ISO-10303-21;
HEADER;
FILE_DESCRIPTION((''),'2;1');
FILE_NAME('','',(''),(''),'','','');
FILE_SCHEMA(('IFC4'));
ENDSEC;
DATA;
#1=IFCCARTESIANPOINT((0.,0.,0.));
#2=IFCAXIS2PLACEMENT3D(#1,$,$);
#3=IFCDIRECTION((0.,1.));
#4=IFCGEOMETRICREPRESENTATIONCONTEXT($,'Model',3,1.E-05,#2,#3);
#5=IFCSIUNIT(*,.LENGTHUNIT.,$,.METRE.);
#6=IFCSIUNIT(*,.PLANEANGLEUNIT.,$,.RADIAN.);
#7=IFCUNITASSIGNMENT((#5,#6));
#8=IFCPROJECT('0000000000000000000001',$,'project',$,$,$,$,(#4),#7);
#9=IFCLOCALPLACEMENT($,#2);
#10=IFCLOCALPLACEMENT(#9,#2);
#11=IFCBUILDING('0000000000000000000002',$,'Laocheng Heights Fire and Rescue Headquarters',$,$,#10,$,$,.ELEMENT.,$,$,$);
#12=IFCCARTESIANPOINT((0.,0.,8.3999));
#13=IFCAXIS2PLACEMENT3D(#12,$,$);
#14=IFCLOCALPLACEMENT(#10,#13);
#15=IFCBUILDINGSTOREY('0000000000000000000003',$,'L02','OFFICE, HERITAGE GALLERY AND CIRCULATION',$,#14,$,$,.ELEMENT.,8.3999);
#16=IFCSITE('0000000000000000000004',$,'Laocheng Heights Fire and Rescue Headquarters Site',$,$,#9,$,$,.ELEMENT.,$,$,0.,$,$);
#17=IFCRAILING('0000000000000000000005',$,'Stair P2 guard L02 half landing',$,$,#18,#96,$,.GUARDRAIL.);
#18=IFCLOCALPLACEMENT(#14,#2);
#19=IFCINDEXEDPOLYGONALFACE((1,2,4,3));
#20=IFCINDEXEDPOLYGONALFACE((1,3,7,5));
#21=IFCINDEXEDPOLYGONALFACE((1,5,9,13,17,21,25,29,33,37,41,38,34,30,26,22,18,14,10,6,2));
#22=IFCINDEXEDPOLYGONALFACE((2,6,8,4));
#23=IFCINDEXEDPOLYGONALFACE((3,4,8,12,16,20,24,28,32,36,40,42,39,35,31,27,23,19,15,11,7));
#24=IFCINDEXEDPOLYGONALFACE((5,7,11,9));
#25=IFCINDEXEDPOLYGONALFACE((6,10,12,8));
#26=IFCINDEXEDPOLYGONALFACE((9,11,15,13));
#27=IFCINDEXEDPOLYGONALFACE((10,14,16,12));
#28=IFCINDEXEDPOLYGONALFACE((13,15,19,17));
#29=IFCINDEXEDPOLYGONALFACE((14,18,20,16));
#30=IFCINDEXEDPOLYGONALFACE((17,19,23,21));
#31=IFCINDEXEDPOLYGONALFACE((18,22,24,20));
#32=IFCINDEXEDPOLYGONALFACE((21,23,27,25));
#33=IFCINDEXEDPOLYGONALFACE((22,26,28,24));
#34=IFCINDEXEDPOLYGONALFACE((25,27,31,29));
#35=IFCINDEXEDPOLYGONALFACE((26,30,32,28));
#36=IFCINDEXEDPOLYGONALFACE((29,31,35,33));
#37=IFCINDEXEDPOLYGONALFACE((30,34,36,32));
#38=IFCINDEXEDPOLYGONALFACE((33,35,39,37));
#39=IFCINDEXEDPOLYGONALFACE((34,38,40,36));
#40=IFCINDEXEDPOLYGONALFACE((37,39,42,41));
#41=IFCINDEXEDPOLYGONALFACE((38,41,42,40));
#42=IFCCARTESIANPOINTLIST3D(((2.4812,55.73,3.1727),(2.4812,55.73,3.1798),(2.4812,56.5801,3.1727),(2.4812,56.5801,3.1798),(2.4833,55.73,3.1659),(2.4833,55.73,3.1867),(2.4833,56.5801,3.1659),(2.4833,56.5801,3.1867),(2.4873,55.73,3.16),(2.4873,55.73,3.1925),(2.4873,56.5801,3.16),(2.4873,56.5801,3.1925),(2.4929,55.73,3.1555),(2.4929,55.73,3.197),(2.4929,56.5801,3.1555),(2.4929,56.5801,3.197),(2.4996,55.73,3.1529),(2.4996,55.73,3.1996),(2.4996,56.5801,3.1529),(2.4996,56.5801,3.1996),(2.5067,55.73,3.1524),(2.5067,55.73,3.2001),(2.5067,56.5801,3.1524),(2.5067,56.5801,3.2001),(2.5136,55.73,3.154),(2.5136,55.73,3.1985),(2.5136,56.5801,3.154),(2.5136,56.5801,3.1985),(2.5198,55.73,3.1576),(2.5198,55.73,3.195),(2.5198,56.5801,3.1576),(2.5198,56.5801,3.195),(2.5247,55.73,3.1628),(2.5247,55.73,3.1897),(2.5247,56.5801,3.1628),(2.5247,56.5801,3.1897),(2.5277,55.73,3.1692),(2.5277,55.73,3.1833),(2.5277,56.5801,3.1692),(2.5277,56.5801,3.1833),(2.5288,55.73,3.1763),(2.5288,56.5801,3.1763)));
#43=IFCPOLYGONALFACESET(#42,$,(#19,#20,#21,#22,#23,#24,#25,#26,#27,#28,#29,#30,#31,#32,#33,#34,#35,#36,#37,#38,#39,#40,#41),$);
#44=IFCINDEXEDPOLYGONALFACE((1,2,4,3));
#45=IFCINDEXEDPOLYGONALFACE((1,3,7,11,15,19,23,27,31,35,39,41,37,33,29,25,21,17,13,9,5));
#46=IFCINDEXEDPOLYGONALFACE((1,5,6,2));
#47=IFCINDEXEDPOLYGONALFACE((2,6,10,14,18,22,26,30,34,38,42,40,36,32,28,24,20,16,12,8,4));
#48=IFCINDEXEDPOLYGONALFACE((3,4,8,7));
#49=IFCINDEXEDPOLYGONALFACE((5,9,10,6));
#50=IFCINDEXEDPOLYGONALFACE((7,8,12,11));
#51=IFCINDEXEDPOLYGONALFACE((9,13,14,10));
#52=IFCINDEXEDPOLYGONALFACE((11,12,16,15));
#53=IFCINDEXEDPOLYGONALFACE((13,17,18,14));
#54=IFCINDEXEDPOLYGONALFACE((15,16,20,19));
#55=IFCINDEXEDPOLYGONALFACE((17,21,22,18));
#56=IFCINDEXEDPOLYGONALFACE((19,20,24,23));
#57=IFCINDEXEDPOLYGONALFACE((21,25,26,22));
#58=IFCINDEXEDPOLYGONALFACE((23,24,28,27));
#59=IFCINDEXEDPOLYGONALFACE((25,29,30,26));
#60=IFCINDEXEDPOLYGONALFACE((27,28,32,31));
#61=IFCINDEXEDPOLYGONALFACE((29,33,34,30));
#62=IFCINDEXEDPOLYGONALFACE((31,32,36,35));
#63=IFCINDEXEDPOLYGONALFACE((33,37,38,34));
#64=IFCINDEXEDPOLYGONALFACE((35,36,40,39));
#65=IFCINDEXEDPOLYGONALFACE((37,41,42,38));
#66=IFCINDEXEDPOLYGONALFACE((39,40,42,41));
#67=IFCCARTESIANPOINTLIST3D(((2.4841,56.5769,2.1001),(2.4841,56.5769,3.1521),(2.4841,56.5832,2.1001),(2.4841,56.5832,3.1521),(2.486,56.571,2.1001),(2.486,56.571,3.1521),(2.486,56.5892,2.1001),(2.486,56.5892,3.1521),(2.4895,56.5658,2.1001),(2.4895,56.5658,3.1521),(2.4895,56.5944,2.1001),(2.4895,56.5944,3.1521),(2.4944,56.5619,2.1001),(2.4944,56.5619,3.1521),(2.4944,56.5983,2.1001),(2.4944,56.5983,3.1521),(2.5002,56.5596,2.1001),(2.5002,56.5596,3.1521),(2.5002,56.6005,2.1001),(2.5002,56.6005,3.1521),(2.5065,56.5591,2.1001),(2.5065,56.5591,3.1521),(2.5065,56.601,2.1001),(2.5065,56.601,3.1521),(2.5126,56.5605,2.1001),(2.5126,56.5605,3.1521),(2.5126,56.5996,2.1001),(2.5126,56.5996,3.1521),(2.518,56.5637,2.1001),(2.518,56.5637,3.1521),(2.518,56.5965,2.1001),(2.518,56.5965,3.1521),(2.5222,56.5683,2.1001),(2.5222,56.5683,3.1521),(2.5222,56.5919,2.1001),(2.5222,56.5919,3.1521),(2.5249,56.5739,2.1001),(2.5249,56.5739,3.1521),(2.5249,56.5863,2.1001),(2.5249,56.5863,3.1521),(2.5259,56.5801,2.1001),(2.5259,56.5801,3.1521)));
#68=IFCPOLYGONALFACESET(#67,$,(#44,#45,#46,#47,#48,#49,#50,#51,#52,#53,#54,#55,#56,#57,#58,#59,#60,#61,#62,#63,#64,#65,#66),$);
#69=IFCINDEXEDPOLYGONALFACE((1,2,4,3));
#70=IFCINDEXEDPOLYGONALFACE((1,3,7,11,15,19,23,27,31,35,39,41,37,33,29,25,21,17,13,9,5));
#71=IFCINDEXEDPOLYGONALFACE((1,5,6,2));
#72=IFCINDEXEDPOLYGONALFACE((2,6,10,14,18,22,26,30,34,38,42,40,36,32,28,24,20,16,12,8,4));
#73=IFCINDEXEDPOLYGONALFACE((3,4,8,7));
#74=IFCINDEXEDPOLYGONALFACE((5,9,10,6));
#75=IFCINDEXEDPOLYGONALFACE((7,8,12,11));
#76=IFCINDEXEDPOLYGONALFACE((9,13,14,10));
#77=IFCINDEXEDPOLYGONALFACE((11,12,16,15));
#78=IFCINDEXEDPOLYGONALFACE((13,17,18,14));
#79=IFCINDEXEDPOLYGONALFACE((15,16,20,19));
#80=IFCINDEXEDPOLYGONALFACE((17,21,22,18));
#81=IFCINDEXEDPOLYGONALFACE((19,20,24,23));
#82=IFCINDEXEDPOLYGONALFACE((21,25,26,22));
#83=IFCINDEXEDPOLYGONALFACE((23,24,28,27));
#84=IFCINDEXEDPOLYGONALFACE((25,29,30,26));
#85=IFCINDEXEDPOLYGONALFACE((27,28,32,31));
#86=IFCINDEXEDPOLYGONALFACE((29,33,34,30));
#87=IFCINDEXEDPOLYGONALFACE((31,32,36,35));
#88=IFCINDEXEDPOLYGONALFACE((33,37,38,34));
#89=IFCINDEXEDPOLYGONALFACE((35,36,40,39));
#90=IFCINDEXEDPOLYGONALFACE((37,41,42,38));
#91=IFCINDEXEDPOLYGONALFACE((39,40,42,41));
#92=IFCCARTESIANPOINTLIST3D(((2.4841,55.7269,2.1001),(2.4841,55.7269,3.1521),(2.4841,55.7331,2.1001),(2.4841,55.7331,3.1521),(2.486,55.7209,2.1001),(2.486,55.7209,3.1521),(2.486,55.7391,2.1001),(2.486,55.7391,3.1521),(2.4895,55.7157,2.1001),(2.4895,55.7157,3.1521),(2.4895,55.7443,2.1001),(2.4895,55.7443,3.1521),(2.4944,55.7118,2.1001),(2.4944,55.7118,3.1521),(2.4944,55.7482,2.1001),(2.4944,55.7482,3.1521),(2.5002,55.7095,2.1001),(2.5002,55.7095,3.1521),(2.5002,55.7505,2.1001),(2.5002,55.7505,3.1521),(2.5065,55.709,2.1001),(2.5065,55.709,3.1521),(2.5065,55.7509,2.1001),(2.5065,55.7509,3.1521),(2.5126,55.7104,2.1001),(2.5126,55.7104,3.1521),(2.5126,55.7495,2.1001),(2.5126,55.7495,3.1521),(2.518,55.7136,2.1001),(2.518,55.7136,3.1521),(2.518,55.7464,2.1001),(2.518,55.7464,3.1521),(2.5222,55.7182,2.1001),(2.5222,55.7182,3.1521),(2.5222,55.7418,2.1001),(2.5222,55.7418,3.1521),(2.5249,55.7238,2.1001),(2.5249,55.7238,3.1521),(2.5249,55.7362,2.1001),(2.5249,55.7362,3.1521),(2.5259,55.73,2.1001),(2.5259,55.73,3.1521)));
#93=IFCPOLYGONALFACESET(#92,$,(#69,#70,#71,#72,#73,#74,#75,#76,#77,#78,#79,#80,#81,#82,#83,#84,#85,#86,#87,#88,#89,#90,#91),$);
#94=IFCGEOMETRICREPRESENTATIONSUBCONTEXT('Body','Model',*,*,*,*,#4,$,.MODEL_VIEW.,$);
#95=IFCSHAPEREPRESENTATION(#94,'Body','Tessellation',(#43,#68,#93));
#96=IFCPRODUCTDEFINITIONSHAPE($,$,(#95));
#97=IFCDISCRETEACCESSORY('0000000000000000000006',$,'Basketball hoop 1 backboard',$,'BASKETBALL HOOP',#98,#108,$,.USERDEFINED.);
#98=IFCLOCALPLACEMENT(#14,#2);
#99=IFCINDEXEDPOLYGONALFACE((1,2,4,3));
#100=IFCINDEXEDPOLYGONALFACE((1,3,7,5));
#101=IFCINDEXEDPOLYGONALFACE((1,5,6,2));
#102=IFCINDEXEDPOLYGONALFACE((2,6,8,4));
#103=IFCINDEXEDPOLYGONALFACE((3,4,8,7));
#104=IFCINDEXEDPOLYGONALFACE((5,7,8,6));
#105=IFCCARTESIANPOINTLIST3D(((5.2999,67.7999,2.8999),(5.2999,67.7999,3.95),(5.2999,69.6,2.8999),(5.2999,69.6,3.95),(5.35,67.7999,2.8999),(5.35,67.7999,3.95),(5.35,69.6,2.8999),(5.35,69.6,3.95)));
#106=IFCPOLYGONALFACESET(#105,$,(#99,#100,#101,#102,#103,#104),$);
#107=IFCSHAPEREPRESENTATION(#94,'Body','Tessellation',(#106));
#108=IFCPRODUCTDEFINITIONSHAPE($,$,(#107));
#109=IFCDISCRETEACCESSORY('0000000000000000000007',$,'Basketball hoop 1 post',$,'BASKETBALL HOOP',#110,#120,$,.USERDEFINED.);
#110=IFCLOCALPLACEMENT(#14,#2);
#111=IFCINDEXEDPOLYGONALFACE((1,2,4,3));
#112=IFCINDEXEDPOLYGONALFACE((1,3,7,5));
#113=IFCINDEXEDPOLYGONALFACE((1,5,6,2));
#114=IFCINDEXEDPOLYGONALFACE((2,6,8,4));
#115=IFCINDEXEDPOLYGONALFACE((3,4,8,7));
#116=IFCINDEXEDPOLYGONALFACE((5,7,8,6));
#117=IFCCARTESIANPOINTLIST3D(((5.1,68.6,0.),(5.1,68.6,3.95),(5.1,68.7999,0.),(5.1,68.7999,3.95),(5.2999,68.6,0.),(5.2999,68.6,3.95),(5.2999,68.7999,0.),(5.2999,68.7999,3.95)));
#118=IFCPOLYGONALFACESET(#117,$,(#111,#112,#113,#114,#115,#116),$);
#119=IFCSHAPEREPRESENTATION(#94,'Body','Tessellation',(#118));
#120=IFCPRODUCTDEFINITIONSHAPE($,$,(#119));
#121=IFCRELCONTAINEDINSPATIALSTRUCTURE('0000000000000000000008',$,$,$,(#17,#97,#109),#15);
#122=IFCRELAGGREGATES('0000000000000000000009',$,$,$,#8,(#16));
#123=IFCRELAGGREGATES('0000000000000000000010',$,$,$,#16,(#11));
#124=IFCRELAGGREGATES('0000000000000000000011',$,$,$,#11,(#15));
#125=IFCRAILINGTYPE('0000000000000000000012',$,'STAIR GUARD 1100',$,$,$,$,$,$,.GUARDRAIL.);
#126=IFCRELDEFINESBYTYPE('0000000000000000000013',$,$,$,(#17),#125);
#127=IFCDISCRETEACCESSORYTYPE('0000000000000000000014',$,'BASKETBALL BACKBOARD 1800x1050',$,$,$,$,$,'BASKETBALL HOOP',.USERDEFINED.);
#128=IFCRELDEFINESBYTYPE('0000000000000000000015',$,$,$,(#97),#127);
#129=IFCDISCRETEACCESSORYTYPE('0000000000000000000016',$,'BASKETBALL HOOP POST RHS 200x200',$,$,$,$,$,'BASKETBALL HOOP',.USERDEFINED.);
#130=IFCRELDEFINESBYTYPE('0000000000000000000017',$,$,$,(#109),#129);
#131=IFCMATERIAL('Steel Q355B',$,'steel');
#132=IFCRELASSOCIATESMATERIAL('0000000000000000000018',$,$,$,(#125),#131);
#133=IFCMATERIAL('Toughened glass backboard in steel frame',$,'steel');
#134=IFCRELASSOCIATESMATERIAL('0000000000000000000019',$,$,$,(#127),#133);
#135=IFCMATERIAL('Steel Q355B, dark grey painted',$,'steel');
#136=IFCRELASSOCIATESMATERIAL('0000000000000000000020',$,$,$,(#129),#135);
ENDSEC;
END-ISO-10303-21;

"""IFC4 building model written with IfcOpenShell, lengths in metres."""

from ifc_helpers import new_model, si_unit, direction, frame, origin, origin_2d, place, context, subcontext, project, spatial, rectangle, circle, extrude, material, type_object, element, save


model = new_model("IFC4")

# Units and contexts
model_context = context("Model", 3, precision=1e-05, world=origin(), true_north=direction((0.0, 1.0)))
body_context = subcontext(model_context, "Body", "Model", "MODEL_VIEW")
ifc_project = project(units=[si_unit("LENGTHUNIT", "METRE"), si_unit("PLANEANGLEUNIT", "RADIAN")], contexts=[model_context])

# Site, building, storey
site_placement = place(None, origin())
site = spatial("IfcSite", under=ifc_project, at=site_placement, Name="Laocheng Heights Fire and Rescue Headquarters Site", CompositionType="ELEMENT", RefElevation=0.0)
building_placement = place(site_placement, origin())
building = spatial("IfcBuilding", under=site, at=building_placement, Name="Laocheng Heights Fire and Rescue Headquarters", CompositionType="ELEMENT")
storey_placement = place(building_placement, frame((0.0, 0.0, 8.3999)))
storey = spatial("IfcBuildingStorey", under=building, at=storey_placement, Name="L02", Description="OFFICE, HERITAGE GALLERY AND CIRCULATION", CompositionType="ELEMENT", Elevation=8.3999)

# Railing
ifc_material_1 = material(Name="Steel Q355B", Category="steel")
railing_type_1 = type_object("IfcRailingType", Name="STAIR GUARD 1100", PredefinedType="GUARDRAIL", material=ifc_material_1)
railing_1_placement = place(storey_placement, frame((2.5049, 56.5801, 2.1001)))
element("IfcRailing", 1, at=railing_1_placement, inside=storey, type_object=railing_type_1, Name="Stair P2 guard L02 half landing", PredefinedType="GUARDRAIL", context=body_context, shape_type="SweptSolid", body=[
    extrude(circle(Radius=0.0239, at=origin_2d()), frame((0.0, 0.0, 1.0762), z_axis=(0.0, -1.0, 0.0), x_axis=(1.0, 0.0, 0.0)), (0.0, 0.0, 1.0), 0.8501),
    extrude(circle(Radius=0.021, at=origin_2d()), origin(), (0.0, 0.0, 1.0), 1.052),
    extrude(circle(Radius=0.021, at=origin_2d()), frame((0.0, -0.8501, 0.0)), (0.0, 0.0, 1.0), 1.052),
])

# Discrete accessories
ifc_material_2 = material(Name="Toughened glass backboard in steel frame", Category="steel")
discrete_accessory_type_1 = type_object("IfcDiscreteAccessoryType", Name="BASKETBALL BACKBOARD 1800x1050", ElementType="BASKETBALL HOOP", PredefinedType="USERDEFINED", material=ifc_material_2)
discrete_accessory_1_placement = place(storey_placement, frame((5.325, 68.7, 2.8999), z_axis=(0.0, 0.0, 1.0), x_axis=(1.0, 0.0, 0.0)))
element("IfcDiscreteAccessory", 2, at=discrete_accessory_1_placement, inside=storey, type_object=discrete_accessory_type_1, Name="Basketball hoop 1 backboard", ObjectType="BASKETBALL HOOP", PredefinedType="USERDEFINED", context=body_context, shape_type="SweptSolid", body=[
    extrude(rectangle(XDim=0.05, YDim=1.8, at=origin_2d()), origin(), (0.0, 0.0, 1.0), 1.05),
])
ifc_material_3 = material(Name="Steel Q355B, dark grey painted", Category="steel")
discrete_accessory_type_2 = type_object("IfcDiscreteAccessoryType", Name="BASKETBALL HOOP POST RHS 200x200", ElementType="BASKETBALL HOOP", PredefinedType="USERDEFINED", material=ifc_material_3)
discrete_accessory_2_placement = place(storey_placement, frame((5.2, 68.7, 0.0), z_axis=(0.0, 0.0, 1.0), x_axis=(1.0, 0.0, 0.0)))
element("IfcDiscreteAccessory", 3, at=discrete_accessory_2_placement, inside=storey, type_object=discrete_accessory_type_2, Name="Basketball hoop 1 post", ObjectType="BASKETBALL HOOP", PredefinedType="USERDEFINED", context=body_context, shape_type="SweptSolid", body=[
    extrude(rectangle(XDim=0.2, YDim=0.2, at=origin_2d()), origin(), (0.0, 0.0, 1.0), 3.95),
])

save(model, "model.ifc")
